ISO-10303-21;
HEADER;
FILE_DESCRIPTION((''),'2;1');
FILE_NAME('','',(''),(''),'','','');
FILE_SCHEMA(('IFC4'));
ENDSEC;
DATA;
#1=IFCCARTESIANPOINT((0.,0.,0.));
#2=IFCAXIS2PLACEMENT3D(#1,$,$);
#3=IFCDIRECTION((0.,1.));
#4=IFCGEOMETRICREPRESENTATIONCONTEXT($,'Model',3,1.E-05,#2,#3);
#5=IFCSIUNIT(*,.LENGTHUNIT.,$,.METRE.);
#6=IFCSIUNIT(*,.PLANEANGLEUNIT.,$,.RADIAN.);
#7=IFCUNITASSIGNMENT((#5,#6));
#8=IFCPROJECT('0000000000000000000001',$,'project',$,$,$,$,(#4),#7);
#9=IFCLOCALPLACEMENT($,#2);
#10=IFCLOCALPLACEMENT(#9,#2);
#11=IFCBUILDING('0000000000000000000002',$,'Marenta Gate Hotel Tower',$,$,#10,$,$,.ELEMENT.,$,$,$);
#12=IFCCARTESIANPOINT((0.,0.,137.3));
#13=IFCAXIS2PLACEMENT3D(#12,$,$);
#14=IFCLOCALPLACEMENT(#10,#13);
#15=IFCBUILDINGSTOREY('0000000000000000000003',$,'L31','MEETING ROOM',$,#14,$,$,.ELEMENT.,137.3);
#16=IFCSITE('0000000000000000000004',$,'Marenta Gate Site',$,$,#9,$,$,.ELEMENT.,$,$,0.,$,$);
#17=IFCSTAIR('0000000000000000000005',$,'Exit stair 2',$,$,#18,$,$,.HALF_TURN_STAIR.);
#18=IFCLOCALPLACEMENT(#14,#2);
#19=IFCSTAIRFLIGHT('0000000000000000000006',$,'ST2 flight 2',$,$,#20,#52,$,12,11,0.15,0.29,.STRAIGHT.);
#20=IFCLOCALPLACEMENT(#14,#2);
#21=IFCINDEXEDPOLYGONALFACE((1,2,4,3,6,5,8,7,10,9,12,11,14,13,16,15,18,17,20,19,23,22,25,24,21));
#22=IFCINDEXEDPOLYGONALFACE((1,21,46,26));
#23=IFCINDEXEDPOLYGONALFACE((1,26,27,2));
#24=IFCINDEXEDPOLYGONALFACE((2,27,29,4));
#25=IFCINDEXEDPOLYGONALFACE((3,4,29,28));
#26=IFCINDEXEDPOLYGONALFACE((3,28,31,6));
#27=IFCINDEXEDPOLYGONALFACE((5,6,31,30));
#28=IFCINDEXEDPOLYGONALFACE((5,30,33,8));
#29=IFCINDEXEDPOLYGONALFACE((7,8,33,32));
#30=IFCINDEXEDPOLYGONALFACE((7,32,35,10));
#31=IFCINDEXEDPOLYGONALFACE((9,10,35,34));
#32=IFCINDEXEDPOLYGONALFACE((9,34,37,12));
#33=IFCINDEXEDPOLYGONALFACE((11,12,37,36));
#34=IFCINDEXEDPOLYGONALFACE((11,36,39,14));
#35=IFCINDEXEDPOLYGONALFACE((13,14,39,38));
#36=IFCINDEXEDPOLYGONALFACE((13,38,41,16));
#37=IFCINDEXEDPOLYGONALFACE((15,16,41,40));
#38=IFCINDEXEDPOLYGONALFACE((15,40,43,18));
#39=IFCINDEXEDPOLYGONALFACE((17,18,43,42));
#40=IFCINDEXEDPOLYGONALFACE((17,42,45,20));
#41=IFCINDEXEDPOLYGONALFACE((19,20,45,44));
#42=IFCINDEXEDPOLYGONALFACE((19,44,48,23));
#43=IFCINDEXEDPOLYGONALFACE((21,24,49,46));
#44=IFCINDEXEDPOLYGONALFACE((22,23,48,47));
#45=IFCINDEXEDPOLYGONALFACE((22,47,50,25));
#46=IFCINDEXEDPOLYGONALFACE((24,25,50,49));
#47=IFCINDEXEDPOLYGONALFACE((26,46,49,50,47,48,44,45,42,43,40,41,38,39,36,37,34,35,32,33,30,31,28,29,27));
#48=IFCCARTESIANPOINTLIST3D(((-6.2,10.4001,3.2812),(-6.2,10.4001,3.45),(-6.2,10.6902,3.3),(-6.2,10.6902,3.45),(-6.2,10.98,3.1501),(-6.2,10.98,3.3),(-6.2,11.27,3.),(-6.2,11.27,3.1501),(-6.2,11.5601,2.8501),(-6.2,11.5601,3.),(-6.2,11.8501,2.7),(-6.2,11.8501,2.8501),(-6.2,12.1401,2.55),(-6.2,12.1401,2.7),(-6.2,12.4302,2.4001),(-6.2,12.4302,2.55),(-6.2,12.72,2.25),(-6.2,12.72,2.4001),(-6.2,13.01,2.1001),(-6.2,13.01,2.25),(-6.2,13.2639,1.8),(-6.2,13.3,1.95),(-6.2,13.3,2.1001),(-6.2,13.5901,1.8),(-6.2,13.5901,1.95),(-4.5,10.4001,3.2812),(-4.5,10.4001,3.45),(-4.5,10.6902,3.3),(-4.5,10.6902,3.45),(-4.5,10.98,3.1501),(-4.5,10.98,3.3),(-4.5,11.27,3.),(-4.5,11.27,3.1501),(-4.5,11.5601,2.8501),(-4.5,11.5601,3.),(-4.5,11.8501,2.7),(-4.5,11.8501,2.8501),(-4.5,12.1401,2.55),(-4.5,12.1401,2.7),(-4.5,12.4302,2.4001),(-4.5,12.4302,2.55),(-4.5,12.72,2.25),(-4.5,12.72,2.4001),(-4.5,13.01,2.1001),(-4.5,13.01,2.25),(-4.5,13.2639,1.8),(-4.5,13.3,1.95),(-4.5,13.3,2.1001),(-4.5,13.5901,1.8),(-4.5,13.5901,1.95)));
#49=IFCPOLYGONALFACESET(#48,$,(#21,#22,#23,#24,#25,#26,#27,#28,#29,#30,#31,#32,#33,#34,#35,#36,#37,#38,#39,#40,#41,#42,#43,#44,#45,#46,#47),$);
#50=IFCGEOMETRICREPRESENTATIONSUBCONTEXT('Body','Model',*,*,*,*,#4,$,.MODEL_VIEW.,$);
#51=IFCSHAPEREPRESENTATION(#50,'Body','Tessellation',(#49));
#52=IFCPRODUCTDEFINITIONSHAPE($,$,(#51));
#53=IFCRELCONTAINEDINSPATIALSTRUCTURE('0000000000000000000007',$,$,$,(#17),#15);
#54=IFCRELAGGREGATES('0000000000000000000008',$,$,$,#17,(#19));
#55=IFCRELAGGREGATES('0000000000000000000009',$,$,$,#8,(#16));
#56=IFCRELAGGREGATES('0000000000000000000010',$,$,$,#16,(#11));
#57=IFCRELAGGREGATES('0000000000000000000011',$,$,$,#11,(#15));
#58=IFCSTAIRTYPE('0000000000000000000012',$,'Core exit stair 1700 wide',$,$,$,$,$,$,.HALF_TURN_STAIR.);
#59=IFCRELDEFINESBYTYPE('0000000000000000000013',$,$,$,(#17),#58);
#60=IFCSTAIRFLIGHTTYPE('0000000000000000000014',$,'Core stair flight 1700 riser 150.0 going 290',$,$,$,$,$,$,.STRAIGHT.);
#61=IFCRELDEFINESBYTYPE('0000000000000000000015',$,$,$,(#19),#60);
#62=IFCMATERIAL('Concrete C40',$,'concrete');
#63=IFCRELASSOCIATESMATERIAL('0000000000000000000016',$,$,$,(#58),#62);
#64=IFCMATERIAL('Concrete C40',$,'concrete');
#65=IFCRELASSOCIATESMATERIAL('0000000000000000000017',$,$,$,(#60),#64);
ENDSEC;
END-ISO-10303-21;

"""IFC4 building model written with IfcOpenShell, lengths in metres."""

from ifc_helpers import new_model, si_unit, direction, frame, origin, place, context, subcontext, project, spatial, polyline, outline, extrude, material, type_object, element, aggregate, save


model = new_model("IFC4")

# Units and contexts
model_context = context("Model", 3, precision=1e-05, world=origin(), true_north=direction((0.0, 1.0)))
body_context = subcontext(model_context, "Body", "Model", "MODEL_VIEW")
ifc_project = project(units=[si_unit("LENGTHUNIT", "METRE"), si_unit("PLANEANGLEUNIT", "RADIAN")], contexts=[model_context])

# Site, building, storey
site_placement = place(None, origin())
site = spatial("IfcSite", under=ifc_project, at=site_placement, Name="Marenta Gate Site", CompositionType="ELEMENT", RefElevation=0.0)
building_placement = place(site_placement, origin())
building = spatial("IfcBuilding", under=site, at=building_placement, Name="Marenta Gate Hotel Tower", CompositionType="ELEMENT")
storey_placement = place(building_placement, frame((0.0, 0.0, 137.3)))
storey = spatial("IfcBuildingStorey", under=building, at=storey_placement, Name="L31", Description="MEETING ROOM", CompositionType="ELEMENT", Elevation=137.3)

# Stair, stair flight
ifc_material_1 = material(Name="Concrete C40", Category="concrete")
stair_type = type_object("IfcStairType", Name="Core exit stair 1700 wide", PredefinedType="HALF_TURN_STAIR", material=ifc_material_1)
ifc_material_2 = material(Name="Concrete C40", Category="concrete")
stair_flight_type = type_object("IfcStairFlightType", Name="Core stair flight 1700 riser 150.0 going 290", PredefinedType="STRAIGHT", material=ifc_material_2)
stair_1_placement = place(storey_placement, origin())
stair_1 = element("IfcStair", 1, at=stair_1_placement, inside=storey, type_object=stair_type, Name="Exit stair 2", PredefinedType="HALF_TURN_STAIR")
stair_flight_1_placement = place(storey_placement, frame((-5.3501, 13.5901, 1.8), z_axis=(0.0, 0.0, 1.0), x_axis=(0.0, -1.0, 0.0)))
stair_flight_1 = element("IfcStairFlight", 2, at=stair_flight_1_placement, type_object=stair_flight_type, Name="ST2 flight 2", NumberOfRisers=12, NumberOfTreads=11, PredefinedType="STRAIGHT", RiserHeight=0.15, TreadLength=0.29, context=body_context, shape_type="SweptSolid", body=[
    extrude(outline(polyline([(0.0, 0.0), (0.0, 0.1499), (0.29, 0.1499), (0.29, 0.3), (0.5801, 0.3), (0.5801, 0.45), (0.8701, 0.45), (0.8701, 0.6001), (1.1599, 0.6001), (1.1599, 0.75), (1.45, 0.75), (1.45, 0.8999), (1.74, 0.8999), (1.74, 1.05), (2.03, 1.05), (2.03, 1.2), (2.3201, 1.2), (2.3201, 1.3501), (2.6101, 1.3501), (2.6101, 1.5), (2.8999, 1.5), (2.8999, 1.6499), (3.1899, 1.6499), (3.1899, 1.8), (3.1899, 1.4812), (0.3262, 0.0), (0.0, 0.0)])), frame((0.0, 0.8501, 0.0), z_axis=(0.0, -1.0, 0.0), x_axis=(1.0, 0.0, 0.0)), (0.0, 0.0, 1.0), 1.7),
])
aggregate(stair_1, [stair_flight_1])

save(model, "model.ifc")
